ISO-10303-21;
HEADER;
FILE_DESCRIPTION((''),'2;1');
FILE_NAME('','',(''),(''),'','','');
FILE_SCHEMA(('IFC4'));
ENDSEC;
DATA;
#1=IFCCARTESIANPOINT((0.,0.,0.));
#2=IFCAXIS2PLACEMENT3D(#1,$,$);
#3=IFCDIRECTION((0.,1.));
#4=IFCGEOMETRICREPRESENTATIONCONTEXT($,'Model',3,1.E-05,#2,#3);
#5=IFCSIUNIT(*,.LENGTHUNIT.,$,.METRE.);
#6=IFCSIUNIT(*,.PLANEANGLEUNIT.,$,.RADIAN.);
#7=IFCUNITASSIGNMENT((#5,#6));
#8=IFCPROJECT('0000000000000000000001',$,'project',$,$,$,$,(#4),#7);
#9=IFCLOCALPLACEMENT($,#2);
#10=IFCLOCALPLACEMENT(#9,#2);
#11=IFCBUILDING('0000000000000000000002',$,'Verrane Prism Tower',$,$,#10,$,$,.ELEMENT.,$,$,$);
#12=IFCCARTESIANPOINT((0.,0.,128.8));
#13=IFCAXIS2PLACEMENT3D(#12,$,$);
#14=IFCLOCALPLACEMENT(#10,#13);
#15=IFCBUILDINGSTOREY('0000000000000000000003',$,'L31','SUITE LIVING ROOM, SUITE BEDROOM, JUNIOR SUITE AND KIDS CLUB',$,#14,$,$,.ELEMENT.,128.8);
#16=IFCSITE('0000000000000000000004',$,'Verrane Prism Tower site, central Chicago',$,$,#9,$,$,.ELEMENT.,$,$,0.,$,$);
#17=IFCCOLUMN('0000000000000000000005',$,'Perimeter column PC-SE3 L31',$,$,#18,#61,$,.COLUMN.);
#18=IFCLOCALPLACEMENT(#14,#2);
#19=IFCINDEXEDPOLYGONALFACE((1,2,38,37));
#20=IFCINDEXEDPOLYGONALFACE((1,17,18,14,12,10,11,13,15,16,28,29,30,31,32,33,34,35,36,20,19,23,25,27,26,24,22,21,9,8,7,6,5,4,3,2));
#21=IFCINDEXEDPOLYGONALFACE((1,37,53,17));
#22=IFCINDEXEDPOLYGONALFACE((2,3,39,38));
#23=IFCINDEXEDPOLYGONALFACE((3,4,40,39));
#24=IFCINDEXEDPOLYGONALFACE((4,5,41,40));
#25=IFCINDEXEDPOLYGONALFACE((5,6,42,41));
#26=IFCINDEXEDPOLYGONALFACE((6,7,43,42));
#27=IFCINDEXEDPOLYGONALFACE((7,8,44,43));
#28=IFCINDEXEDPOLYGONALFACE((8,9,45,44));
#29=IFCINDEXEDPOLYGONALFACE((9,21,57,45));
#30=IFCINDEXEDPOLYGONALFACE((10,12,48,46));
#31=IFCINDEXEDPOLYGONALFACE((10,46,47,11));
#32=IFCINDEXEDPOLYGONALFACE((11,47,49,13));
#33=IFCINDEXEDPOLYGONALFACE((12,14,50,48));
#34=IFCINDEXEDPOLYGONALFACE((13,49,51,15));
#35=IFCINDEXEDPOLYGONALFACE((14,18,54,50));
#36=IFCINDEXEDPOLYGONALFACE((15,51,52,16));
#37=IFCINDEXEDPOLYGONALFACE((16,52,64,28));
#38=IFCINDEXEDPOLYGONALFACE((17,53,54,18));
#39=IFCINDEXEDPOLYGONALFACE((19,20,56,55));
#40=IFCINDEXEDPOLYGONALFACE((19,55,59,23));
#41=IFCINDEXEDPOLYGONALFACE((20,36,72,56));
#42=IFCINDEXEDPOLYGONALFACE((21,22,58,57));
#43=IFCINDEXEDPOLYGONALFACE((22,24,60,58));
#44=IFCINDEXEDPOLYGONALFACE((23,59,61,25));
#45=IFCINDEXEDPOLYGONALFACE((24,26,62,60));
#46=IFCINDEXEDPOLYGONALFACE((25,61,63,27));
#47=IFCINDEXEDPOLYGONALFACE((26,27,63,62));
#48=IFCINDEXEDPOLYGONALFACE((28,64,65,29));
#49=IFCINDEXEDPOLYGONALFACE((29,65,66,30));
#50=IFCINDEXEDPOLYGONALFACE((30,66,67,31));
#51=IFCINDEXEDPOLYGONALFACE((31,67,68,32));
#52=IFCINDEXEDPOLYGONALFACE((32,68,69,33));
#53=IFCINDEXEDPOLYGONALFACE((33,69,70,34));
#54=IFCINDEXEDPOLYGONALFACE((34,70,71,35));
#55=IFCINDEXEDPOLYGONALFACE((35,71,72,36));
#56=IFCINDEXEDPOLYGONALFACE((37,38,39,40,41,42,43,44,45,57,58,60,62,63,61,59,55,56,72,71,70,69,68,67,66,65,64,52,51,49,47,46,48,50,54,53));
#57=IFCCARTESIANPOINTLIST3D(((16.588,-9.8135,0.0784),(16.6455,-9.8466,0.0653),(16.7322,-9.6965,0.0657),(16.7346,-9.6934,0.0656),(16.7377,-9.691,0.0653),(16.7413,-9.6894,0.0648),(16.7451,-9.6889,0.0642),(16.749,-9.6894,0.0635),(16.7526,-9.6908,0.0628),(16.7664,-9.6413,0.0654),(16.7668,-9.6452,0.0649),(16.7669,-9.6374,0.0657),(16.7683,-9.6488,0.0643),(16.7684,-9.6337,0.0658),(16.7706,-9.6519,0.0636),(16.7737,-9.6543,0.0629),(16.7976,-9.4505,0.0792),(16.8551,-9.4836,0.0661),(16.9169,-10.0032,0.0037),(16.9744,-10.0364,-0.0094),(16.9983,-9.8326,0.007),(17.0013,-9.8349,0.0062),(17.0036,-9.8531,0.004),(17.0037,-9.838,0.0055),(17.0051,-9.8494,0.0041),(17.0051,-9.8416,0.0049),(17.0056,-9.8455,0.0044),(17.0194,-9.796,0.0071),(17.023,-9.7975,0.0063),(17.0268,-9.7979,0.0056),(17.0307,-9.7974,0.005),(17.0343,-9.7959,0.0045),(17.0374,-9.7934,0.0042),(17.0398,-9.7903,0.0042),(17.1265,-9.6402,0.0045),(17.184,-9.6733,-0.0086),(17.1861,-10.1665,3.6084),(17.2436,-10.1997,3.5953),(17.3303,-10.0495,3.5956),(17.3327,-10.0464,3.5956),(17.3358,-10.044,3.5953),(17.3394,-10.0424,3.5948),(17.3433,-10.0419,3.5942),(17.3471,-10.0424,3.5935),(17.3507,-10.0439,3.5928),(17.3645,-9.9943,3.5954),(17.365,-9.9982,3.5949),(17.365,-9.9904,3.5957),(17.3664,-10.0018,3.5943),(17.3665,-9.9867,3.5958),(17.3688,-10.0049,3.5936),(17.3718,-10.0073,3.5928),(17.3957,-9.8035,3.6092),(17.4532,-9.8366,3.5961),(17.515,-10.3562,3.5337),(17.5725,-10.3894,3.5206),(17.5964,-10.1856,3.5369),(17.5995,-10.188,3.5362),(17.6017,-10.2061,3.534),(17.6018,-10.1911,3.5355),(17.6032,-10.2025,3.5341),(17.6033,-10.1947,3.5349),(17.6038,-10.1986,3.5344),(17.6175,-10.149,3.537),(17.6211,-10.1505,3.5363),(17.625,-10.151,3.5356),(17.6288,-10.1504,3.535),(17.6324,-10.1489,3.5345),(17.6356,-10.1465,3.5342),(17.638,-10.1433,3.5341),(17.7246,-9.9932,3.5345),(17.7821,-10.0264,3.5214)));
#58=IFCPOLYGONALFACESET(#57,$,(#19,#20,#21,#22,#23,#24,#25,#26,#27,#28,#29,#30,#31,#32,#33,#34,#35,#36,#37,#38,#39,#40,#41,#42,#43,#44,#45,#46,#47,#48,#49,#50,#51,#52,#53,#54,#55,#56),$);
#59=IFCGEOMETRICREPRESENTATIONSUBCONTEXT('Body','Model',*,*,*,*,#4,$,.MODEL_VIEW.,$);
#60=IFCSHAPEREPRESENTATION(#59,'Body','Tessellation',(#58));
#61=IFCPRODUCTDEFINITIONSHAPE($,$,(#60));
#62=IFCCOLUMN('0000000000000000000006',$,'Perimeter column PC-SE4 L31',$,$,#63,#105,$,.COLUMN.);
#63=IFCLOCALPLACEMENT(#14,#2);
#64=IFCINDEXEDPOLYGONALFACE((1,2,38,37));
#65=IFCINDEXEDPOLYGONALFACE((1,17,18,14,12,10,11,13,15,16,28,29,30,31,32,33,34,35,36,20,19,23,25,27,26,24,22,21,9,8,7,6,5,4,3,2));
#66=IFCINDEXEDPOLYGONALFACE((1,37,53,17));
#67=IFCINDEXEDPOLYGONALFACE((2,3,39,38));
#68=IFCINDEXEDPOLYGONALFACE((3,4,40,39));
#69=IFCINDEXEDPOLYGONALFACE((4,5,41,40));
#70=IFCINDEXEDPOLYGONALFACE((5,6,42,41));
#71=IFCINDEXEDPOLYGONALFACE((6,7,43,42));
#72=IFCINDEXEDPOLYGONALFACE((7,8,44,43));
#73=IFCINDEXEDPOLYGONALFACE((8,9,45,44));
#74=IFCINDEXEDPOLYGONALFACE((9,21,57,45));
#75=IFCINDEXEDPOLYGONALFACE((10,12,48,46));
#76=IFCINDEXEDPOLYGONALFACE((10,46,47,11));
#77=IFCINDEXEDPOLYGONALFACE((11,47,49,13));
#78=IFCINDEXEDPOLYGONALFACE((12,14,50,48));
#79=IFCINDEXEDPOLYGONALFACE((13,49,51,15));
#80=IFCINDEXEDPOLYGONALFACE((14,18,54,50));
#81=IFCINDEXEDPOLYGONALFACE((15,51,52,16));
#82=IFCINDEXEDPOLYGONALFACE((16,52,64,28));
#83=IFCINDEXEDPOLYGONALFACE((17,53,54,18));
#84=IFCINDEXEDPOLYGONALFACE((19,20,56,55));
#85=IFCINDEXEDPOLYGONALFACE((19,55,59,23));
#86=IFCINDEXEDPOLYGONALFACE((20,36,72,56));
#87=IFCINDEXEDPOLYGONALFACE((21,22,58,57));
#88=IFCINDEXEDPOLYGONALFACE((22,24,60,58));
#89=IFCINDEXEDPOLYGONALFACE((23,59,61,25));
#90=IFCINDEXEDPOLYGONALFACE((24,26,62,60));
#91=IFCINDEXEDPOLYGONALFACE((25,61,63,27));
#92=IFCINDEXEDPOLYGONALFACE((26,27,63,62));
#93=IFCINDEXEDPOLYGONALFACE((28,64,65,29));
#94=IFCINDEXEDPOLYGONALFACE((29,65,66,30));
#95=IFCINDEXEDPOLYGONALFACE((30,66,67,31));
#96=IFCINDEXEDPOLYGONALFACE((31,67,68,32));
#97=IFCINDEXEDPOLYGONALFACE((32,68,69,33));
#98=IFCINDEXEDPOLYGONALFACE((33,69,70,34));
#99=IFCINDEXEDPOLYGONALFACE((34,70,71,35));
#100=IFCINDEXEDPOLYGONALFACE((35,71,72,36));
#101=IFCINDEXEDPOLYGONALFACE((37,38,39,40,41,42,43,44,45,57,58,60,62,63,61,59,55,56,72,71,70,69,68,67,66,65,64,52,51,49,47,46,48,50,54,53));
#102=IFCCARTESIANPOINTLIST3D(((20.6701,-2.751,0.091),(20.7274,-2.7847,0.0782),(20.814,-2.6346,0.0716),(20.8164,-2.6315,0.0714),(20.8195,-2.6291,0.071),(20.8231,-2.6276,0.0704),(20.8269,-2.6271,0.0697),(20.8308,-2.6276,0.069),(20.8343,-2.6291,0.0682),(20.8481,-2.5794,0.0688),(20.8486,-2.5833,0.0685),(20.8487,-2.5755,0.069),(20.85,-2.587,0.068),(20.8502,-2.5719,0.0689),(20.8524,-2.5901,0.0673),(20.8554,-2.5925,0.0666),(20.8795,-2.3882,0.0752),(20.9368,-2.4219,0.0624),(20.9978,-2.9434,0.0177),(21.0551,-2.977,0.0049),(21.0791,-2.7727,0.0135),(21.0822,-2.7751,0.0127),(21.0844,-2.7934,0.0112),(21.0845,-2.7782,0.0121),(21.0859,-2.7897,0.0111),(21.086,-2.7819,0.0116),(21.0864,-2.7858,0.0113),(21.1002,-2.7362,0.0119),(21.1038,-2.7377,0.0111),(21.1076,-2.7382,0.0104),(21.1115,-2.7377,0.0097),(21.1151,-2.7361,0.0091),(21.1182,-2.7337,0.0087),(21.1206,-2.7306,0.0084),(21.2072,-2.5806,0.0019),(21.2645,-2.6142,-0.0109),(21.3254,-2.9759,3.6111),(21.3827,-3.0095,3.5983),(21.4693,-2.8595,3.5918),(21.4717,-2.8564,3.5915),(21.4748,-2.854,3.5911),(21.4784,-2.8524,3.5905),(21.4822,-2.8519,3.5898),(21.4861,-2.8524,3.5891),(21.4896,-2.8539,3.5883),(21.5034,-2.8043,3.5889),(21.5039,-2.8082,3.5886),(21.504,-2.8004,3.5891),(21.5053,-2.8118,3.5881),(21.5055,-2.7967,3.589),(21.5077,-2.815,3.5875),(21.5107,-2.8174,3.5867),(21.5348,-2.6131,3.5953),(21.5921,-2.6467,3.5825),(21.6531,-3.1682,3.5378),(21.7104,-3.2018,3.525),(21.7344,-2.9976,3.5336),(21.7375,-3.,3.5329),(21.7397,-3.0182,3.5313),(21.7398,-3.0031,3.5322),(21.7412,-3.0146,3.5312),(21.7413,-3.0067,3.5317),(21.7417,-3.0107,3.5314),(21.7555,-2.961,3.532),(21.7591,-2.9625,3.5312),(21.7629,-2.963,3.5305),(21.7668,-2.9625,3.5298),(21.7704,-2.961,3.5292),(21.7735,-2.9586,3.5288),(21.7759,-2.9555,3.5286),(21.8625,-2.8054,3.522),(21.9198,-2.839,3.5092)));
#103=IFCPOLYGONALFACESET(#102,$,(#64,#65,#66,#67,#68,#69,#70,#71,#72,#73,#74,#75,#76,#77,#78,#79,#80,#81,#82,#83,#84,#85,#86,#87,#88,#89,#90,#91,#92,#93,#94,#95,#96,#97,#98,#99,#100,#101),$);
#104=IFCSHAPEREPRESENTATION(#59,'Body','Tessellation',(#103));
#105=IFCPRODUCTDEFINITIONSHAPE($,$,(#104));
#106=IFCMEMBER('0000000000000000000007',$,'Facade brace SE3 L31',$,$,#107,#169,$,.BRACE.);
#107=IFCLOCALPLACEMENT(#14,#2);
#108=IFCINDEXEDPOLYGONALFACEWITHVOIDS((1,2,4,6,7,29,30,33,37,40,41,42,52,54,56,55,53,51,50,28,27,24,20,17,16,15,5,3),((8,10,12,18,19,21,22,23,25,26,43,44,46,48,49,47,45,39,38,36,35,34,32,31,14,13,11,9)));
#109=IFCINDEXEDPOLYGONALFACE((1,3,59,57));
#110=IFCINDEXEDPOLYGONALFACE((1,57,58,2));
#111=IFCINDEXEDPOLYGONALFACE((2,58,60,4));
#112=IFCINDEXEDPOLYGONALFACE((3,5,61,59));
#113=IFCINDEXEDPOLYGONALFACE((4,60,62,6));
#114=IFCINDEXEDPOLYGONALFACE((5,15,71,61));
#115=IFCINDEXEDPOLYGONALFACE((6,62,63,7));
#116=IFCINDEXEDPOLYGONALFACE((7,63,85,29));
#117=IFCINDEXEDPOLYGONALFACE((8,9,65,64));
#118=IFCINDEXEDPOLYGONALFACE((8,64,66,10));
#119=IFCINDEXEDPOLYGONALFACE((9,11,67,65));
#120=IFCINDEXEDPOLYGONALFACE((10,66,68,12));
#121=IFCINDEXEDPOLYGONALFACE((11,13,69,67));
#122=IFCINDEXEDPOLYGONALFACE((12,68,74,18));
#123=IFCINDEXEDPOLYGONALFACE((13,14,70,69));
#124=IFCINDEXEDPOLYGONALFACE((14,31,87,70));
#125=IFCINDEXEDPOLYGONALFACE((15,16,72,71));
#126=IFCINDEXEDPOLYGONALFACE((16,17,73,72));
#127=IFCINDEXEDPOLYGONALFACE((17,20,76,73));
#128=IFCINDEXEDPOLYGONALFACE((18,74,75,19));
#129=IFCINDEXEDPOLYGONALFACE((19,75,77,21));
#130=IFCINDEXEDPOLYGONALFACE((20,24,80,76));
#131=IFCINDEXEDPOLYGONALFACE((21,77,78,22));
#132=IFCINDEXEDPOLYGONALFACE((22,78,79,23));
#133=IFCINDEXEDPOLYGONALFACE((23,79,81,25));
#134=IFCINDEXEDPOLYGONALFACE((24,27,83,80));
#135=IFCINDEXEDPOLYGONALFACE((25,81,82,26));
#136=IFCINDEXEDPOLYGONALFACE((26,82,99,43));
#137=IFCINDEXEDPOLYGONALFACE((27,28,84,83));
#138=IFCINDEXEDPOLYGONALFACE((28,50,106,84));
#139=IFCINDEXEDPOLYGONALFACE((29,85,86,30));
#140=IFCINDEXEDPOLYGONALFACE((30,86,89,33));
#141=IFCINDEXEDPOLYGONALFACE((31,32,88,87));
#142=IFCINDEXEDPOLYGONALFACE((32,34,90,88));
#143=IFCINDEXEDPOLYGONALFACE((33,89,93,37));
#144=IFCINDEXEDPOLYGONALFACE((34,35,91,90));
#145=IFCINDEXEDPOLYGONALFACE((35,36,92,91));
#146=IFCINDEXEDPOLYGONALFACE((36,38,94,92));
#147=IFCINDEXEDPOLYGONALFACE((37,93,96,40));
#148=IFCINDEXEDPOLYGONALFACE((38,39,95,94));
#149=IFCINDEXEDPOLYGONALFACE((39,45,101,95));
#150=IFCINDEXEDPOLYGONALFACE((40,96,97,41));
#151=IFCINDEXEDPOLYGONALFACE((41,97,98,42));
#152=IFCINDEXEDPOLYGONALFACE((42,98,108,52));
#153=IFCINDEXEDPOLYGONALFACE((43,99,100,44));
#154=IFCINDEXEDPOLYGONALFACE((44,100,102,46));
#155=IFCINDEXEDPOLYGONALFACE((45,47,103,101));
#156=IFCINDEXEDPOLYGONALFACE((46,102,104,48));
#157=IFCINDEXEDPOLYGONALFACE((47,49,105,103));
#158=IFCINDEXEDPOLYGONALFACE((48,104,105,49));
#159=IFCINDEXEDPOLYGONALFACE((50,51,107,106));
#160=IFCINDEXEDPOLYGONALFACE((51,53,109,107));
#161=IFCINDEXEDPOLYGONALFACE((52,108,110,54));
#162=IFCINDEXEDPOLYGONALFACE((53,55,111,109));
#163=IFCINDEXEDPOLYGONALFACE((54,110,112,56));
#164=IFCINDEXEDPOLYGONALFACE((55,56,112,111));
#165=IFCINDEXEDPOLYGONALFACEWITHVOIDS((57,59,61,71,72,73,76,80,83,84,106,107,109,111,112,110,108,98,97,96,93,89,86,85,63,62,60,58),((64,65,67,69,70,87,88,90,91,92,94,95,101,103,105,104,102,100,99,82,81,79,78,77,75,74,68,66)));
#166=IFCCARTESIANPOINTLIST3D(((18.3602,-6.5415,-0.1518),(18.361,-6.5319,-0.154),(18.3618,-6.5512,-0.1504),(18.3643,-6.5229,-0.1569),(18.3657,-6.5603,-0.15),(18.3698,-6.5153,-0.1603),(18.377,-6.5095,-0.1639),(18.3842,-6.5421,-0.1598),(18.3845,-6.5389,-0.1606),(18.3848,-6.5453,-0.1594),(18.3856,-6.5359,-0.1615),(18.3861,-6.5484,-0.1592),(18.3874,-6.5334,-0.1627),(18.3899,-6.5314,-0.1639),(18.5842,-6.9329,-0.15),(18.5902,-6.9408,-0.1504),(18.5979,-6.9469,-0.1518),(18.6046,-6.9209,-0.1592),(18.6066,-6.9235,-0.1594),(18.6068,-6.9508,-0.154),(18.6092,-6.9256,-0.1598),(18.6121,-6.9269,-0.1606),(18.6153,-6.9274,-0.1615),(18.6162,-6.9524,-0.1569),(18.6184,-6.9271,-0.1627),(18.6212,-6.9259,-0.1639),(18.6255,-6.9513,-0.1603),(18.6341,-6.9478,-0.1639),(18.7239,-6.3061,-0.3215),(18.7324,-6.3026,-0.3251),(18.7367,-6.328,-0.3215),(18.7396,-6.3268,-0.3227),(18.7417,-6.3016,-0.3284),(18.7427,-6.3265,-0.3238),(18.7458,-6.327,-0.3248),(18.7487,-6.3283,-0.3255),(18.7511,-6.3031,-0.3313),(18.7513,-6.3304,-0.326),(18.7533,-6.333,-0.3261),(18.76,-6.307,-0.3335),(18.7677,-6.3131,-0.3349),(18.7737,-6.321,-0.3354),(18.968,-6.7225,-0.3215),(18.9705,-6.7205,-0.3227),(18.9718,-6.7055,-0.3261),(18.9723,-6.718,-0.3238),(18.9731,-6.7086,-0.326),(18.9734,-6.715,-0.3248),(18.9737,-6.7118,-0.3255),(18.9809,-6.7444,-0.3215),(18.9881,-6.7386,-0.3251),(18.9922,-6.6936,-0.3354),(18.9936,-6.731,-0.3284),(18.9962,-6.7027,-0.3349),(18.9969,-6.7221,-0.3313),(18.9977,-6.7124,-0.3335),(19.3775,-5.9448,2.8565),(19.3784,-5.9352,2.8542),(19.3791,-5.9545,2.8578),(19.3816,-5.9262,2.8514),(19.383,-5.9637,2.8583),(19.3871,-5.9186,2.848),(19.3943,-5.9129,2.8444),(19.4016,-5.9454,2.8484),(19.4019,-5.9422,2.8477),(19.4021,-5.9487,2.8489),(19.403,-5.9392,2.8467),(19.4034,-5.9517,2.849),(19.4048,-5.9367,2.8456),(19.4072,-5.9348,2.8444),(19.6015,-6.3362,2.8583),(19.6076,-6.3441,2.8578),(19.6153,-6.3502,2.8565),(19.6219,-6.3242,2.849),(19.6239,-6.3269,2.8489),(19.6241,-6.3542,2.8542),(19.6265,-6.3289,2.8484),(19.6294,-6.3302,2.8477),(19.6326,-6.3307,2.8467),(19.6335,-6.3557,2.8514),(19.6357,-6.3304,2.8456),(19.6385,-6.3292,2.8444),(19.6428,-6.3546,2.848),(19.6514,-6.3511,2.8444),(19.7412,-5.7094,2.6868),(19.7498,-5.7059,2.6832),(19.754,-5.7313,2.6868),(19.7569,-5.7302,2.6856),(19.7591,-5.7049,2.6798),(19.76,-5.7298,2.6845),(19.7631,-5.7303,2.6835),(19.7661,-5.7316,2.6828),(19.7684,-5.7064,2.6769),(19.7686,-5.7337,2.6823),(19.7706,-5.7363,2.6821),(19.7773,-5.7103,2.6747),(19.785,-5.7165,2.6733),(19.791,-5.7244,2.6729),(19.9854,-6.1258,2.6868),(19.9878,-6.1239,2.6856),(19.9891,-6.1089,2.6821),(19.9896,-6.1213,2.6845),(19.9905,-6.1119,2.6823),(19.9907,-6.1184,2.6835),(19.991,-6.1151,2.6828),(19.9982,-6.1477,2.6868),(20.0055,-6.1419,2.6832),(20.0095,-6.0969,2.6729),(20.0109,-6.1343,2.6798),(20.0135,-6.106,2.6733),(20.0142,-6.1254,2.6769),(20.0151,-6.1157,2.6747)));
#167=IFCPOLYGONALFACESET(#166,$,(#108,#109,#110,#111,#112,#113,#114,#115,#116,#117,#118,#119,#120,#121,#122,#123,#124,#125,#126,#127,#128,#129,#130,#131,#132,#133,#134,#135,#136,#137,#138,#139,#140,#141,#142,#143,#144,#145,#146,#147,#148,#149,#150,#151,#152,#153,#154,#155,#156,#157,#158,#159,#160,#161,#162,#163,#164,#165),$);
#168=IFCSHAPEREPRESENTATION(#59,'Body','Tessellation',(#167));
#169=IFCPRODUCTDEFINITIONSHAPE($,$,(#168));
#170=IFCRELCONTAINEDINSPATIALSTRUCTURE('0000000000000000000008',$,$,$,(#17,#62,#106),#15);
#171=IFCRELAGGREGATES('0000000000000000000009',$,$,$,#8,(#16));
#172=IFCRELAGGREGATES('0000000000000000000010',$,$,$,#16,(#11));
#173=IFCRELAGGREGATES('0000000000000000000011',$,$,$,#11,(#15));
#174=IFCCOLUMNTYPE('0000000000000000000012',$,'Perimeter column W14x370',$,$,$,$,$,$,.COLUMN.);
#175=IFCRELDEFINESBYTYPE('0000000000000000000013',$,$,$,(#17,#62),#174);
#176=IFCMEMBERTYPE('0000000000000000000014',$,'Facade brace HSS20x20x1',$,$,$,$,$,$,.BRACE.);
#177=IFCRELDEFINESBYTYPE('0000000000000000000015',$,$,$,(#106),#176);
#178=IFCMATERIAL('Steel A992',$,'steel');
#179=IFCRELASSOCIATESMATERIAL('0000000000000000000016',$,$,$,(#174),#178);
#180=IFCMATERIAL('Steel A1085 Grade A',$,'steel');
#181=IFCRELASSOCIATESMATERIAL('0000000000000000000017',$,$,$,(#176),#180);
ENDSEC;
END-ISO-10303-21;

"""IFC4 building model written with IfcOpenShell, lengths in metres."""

from ifc_helpers import new_model, si_unit, direction, frame, origin, origin_2d, place, context, subcontext, project, spatial, hollow_rectangle, i_section, extrude, material, material_profile, profile_set, type_object, element, save


model = new_model("IFC4")

# Units and contexts
model_context = context("Model", 3, precision=1e-05, world=origin(), true_north=direction((0.0, 1.0)))
body_context = subcontext(model_context, "Body", "Model", "MODEL_VIEW")
ifc_project = project(units=[si_unit("LENGTHUNIT", "METRE"), si_unit("PLANEANGLEUNIT", "RADIAN")], contexts=[model_context])

# Site, building, storey
site_placement = place(None, origin())
site = spatial("IfcSite", under=ifc_project, at=site_placement, Name="Verrane Prism Tower site, central Chicago", CompositionType="ELEMENT", RefElevation=0.0)
building_placement = place(site_placement, origin())
building = spatial("IfcBuilding", under=site, at=building_placement, Name="Verrane Prism Tower", CompositionType="ELEMENT")
storey_placement = place(building_placement, frame((0.0, 0.0, 128.8)))
storey = spatial("IfcBuildingStorey", under=building, at=storey_placement, Name="L31", Description="SUITE LIVING ROOM, SUITE BEDROOM, JUNIOR SUITE AND KIDS CLUB", CompositionType="ELEMENT", Elevation=128.8)

# Columns
ifc_material_1 = material(Name="Steel A992", Category="steel")
ifc_material_profile_1 = material_profile(ifc_material_1, i_section(OverallWidth=0.4192, OverallDepth=0.4546, WebThickness=0.0422, FlangeThickness=0.0676, FilletRadius=0.0151, at=origin_2d()), Name="W14x370")
ifc_profile_set_1 = profile_set([ifc_material_profile_1], Name="Steel A992")
column_type = type_object("IfcColumnType", Name="Perimeter column W14x370", PredefinedType="COLUMN", material=ifc_profile_set_1)
column_1_placement = place(storey_placement, frame((16.886, -9.7434, 0.0349), z_axis=(0.166257, -0.098126, 0.981188), x_axis=(-0.500024, -0.866009, -0.00188)))
element("IfcColumn", 1, at=column_1_placement, inside=storey, type_object=column_type, Name="Perimeter column PC-SE3 L31", PredefinedType="COLUMN", context=body_context, shape_type="SweptSolid", body=[
    extrude(i_section(OverallWidth=0.4192, OverallDepth=0.4546, WebThickness=0.0422, FlangeThickness=0.0676, FilletRadius=0.0151, at=origin_2d()), origin(), (0.0, 0.0, 1.0), 3.5977),
])
column_2_placement = place(storey_placement, frame((20.9673, -2.6826, 0.04), z_axis=(0.182652, -0.062676, 0.981178), x_axis=(-0.499536, -0.865472, 0.037707)))
element("IfcColumn", 2, at=column_2_placement, inside=storey, type_object=column_type, Name="Perimeter column PC-SE4 L31", PredefinedType="COLUMN", context=body_context, shape_type="SweptSolid", body=[
    extrude(i_section(OverallWidth=0.4192, OverallDepth=0.4546, WebThickness=0.0422, FlangeThickness=0.0676, FilletRadius=0.0151, at=origin_2d()), origin(), (0.0, 0.0, 1.0), 3.5876),
])

# Member
ifc_material_2 = material(Name="Steel A1085 Grade A", Category="steel")
ifc_material_profile_2 = material_profile(ifc_material_2, hollow_rectangle(XDim=0.5081, YDim=0.5081, WallThickness=0.0254, InnerFilletRadius=0.0127, OuterFilletRadius=0.0381, at=origin_2d()), Name="HSS20x20x1")
ifc_profile_set_2 = profile_set([ifc_material_profile_2], Name="Steel A1085 Grade A")
member_type_1 = type_object("IfcMemberType", Name="Facade brace HSS20x20x1", PredefinedType="BRACE", material=ifc_profile_set_2)
member_1_placement = place(storey_placement, frame((18.679, -6.627, -0.2427), z_axis=(0.314844, 0.18466, 0.931007), x_axis=(-0.505916, 0.862583, 0.0)))
element("IfcMember", 3, at=member_1_placement, inside=storey, type_object=member_type_1, Name="Facade brace SE3 L31", PredefinedType="BRACE", context=body_context, shape_type="SweptSolid", body=[
    extrude(hollow_rectangle(XDim=0.5081, YDim=0.5081, WallThickness=0.0254, InnerFilletRadius=0.0127, OuterFilletRadius=0.0381, at=origin_2d()), origin(), (0.0, 0.0, 1.0), 3.2312),
])

save(model, "model.ifc")
